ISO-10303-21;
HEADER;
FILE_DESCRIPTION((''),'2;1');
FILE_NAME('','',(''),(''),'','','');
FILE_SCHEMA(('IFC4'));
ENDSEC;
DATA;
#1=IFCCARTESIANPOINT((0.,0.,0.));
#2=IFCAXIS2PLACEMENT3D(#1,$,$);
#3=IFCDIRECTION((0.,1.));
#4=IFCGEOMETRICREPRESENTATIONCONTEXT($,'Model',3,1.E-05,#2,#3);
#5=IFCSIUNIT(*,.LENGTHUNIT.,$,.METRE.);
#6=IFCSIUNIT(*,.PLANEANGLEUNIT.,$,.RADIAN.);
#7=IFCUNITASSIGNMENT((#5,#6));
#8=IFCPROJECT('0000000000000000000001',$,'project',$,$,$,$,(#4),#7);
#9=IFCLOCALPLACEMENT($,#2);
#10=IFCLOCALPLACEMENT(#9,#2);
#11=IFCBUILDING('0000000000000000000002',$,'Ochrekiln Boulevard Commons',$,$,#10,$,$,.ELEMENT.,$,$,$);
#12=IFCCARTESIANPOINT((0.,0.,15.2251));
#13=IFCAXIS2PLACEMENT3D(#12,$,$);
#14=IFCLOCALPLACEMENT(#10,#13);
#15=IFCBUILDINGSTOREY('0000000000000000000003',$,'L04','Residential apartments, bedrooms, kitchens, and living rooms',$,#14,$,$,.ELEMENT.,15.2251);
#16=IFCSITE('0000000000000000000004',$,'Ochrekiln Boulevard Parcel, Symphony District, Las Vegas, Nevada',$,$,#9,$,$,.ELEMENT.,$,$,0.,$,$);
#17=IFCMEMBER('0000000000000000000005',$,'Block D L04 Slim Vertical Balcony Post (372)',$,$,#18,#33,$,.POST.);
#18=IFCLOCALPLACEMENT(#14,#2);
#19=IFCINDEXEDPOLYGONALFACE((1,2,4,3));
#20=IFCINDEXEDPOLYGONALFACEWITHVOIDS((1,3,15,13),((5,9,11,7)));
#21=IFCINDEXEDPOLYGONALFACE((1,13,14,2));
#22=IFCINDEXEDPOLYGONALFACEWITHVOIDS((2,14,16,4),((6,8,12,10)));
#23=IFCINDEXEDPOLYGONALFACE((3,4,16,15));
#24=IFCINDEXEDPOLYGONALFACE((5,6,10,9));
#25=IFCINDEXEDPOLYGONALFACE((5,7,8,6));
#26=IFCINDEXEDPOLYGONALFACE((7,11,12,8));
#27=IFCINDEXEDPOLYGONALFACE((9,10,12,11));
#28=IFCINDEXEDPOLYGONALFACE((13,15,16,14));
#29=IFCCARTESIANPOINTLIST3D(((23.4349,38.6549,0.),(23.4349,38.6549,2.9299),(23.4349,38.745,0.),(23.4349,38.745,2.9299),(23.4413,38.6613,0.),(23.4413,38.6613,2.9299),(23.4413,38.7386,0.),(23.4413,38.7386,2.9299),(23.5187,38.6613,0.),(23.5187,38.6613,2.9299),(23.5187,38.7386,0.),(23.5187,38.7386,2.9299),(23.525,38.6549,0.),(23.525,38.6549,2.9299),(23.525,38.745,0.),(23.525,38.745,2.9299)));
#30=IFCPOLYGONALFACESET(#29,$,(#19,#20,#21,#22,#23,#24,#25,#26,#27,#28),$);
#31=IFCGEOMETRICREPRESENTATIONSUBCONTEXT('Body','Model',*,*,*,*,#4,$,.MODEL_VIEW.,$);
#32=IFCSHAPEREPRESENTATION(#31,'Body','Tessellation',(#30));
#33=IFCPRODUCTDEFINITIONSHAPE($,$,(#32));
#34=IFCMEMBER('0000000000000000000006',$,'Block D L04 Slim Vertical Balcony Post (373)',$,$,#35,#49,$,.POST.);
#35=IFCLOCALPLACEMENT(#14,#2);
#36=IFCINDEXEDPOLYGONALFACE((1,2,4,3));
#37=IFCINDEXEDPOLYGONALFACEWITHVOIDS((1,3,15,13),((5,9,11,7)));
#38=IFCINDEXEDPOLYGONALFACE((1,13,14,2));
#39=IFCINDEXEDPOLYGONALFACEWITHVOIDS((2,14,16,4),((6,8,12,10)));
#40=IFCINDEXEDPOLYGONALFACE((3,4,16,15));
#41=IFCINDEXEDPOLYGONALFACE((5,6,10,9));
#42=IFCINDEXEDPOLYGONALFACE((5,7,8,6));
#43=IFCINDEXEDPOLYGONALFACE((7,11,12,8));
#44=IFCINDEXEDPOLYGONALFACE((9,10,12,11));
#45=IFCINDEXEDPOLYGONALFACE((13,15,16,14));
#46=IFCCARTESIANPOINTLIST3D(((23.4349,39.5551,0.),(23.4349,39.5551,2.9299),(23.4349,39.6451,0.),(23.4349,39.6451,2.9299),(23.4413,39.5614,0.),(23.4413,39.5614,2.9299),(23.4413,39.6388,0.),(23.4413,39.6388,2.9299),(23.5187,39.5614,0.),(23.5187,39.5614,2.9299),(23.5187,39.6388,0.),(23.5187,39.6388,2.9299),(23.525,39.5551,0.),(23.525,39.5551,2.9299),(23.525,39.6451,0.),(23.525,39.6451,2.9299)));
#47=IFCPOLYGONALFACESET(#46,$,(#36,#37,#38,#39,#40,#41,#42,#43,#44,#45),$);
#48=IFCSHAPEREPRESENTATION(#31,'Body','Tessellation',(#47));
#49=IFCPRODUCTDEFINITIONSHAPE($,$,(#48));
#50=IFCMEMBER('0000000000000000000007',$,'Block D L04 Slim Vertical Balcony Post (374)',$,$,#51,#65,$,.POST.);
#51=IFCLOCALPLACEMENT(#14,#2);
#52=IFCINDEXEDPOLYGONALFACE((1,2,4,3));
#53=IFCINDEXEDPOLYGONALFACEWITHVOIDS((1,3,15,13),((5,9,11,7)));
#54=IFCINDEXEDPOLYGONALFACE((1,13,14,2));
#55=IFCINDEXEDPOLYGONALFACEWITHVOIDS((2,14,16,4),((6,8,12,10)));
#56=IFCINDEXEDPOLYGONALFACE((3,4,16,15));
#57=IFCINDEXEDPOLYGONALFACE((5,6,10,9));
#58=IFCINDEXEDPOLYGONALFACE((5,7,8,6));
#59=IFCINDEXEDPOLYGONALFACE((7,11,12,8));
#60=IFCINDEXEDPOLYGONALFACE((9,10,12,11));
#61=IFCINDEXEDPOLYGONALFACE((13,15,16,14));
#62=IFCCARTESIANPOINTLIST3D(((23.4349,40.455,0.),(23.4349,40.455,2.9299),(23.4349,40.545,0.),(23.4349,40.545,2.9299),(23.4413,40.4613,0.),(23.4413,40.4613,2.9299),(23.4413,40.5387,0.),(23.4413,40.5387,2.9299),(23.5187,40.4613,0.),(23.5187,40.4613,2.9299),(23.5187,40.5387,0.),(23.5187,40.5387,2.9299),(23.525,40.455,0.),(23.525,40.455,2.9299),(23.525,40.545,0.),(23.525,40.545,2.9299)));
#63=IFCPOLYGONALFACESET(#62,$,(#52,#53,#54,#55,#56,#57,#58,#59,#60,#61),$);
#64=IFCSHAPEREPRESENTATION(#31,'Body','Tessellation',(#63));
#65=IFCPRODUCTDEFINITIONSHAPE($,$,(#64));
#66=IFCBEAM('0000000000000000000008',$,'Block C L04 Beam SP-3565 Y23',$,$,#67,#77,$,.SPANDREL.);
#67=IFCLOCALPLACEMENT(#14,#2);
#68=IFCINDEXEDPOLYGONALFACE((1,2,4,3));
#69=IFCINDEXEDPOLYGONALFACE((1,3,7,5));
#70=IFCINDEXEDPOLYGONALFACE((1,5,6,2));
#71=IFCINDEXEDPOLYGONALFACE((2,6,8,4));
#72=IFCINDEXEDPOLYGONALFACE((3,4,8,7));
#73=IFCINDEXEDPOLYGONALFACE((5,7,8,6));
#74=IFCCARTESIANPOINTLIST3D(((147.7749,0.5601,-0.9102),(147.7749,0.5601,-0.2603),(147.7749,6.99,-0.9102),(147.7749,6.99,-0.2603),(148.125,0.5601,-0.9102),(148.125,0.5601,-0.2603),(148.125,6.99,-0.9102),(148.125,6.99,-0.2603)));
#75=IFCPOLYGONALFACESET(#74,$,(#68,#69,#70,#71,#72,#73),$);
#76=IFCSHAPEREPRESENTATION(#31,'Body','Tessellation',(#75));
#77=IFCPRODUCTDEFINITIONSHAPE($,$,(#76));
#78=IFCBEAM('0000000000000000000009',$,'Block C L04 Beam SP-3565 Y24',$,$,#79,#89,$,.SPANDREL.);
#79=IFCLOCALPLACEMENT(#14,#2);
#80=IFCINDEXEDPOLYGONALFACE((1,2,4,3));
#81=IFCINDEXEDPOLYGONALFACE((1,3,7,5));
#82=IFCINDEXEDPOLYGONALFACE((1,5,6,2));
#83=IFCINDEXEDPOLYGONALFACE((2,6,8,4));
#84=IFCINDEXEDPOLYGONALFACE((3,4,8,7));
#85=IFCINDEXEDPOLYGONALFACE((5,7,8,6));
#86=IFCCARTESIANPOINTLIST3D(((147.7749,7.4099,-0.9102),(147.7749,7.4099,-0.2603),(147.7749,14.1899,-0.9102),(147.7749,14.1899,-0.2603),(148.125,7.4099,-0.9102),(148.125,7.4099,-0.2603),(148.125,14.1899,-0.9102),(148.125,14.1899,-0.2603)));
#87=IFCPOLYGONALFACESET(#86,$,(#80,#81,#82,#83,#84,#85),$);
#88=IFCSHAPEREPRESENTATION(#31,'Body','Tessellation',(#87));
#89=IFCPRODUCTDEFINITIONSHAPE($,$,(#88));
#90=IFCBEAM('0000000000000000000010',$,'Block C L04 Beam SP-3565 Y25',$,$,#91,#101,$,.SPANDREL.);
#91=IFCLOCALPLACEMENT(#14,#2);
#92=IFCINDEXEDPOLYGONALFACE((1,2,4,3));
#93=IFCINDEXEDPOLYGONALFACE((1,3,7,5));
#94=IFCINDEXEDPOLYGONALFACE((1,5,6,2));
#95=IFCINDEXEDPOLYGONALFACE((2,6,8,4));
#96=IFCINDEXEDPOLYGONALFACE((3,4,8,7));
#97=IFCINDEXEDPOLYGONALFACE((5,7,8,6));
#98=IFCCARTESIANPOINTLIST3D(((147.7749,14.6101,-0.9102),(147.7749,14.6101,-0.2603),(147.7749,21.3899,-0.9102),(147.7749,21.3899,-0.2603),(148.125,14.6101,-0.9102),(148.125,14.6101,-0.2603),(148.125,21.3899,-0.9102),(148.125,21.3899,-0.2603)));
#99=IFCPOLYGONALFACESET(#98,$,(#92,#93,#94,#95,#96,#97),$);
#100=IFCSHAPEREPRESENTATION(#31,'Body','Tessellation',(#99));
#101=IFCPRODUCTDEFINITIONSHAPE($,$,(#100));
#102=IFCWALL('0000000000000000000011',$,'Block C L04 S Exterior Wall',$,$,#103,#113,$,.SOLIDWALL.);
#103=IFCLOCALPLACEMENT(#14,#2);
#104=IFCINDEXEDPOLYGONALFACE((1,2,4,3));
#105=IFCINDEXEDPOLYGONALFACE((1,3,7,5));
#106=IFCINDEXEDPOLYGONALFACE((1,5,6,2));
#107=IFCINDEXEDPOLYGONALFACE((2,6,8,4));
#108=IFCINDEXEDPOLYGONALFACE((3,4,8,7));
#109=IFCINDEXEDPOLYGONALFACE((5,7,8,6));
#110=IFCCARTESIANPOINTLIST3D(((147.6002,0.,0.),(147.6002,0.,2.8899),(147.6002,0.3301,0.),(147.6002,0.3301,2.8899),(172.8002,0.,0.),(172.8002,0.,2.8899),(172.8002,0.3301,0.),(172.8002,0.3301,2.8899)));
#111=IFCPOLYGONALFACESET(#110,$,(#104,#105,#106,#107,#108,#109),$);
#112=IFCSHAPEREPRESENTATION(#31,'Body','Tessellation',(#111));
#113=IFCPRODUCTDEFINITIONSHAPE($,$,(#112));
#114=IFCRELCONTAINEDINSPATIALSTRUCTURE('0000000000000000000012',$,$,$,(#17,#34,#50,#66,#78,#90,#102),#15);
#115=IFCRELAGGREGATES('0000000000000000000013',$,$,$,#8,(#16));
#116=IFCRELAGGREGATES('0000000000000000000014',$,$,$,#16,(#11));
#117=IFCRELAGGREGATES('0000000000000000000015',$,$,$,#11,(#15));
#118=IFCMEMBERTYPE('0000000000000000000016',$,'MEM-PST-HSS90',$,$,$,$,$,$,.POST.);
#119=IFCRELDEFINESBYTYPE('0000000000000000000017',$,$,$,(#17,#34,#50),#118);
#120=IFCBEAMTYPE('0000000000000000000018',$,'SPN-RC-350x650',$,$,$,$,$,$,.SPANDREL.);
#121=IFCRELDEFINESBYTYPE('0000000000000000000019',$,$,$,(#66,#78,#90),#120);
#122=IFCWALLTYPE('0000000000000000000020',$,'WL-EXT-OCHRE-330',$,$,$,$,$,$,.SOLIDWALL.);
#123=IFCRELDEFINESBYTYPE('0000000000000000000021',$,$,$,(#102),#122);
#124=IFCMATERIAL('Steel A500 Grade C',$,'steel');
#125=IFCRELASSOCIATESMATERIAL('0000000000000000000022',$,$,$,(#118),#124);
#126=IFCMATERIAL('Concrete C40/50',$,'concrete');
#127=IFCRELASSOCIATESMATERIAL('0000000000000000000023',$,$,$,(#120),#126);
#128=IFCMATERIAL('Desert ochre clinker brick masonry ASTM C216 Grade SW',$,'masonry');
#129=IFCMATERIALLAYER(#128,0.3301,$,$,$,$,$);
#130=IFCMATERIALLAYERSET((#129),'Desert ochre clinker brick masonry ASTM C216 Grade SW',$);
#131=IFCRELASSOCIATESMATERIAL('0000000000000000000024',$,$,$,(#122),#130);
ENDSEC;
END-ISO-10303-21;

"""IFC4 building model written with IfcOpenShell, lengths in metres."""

from ifc_helpers import new_model, si_unit, direction, frame, frame_2d, origin, origin_2d, place, context, subcontext, project, spatial, rectangle, hollow_rectangle, extrude, material, layer, layer_set, material_profile, profile_set, type_object, element, save


model = new_model("IFC4")

# Units and contexts
model_context = context("Model", 3, precision=1e-05, world=origin(), true_north=direction((0.0, 1.0)))
body_context = subcontext(model_context, "Body", "Model", "MODEL_VIEW")
ifc_project = project(units=[si_unit("LENGTHUNIT", "METRE"), si_unit("PLANEANGLEUNIT", "RADIAN")], contexts=[model_context])

# Site, building, storey
site_placement = place(None, origin())
site = spatial("IfcSite", under=ifc_project, at=site_placement, Name="Ochrekiln Boulevard Parcel, Symphony District, Las Vegas, Nevada", CompositionType="ELEMENT", RefElevation=0.0)
building_placement = place(site_placement, origin())
building = spatial("IfcBuilding", under=site, at=building_placement, Name="Ochrekiln Boulevard Commons", CompositionType="ELEMENT")
storey_placement = place(building_placement, frame((0.0, 0.0, 15.2251)))
storey = spatial("IfcBuildingStorey", under=building, at=storey_placement, Name="L04", Description="Residential apartments, bedrooms, kitchens, and living rooms", CompositionType="ELEMENT", Elevation=15.2251)

# Members
ifc_material_1 = material(Name="Steel A500 Grade C", Category="steel")
ifc_material_profile_1 = material_profile(ifc_material_1, hollow_rectangle(XDim=0.0901, YDim=0.0901, WallThickness=0.0063, at=origin_2d()), Name="HSS90X90X6.4")
ifc_profile_set_1 = profile_set([ifc_material_profile_1], Name="Steel A500 Grade C")
member_type = type_object("IfcMemberType", Name="MEM-PST-HSS90", PredefinedType="POST", material=ifc_profile_set_1)
for number, where, z_axis, x_axis, name in (
    (1, (23.48, 38.7, 0.0), (0.0, 0.0, 1.0), (1.0, 0.0, 0.0), "Block D L04 Slim Vertical Balcony Post (372)"),
    (2, (23.48, 39.6001, 0.0), (0.0, 0.0, 1.0), (1.0, 0.0, 0.0), "Block D L04 Slim Vertical Balcony Post (373)"),
    (3, (23.48, 40.5, 0.0), (0.0, 0.0, 1.0), (1.0, 0.0, 0.0), "Block D L04 Slim Vertical Balcony Post (374)"),
):
    element("IfcMember", number, at=place(storey_placement, frame(where, z_axis=z_axis, x_axis=x_axis)), inside=storey, type_object=member_type, Name=name, PredefinedType="POST", context=body_context, shape_type="SweptSolid", body=[
        extrude(hollow_rectangle(XDim=0.0901, YDim=0.0901, WallThickness=0.0063, at=origin_2d()), origin(), (0.0, 0.0, 1.0), 2.9299),
    ])

# Beams
ifc_material_2 = material(Name="Concrete C40/50", Category="concrete")
ifc_material_profile_2 = material_profile(ifc_material_2, rectangle(XDim=0.3501, YDim=0.6499, at=origin_2d()), Name="RC-SPN-350x650")
ifc_profile_set_2 = profile_set([ifc_material_profile_2], Name="Concrete C40/50")
beam_type = type_object("IfcBeamType", Name="SPN-RC-350x650", PredefinedType="SPANDREL", material=ifc_profile_set_2)
beam_1_placement = place(storey_placement, frame((147.95, 0.5601, -0.5852), z_axis=(0.0, 1.0, 0.0), x_axis=(-1.0, 0.0, 0.0)))
element("IfcBeam", 4, at=beam_1_placement, inside=storey, type_object=beam_type, Name="Block C L04 Beam SP-3565 Y23", PredefinedType="SPANDREL", context=body_context, shape_type="SweptSolid", body=[
    extrude(rectangle(XDim=0.3501, YDim=0.6499, at=origin_2d()), origin(), (0.0, 0.0, 1.0), 6.4299),
])
beam_2_placement = place(storey_placement, frame((147.95, 7.4099, -0.5852), z_axis=(0.0, 1.0, 0.0), x_axis=(-1.0, 0.0, 0.0)))
element("IfcBeam", 5, at=beam_2_placement, inside=storey, type_object=beam_type, Name="Block C L04 Beam SP-3565 Y24", PredefinedType="SPANDREL", context=body_context, shape_type="SweptSolid", body=[
    extrude(rectangle(XDim=0.3501, YDim=0.6499, at=origin_2d()), origin(), (0.0, 0.0, 1.0), 6.78),
])
beam_3_placement = place(storey_placement, frame((147.95, 14.6101, -0.5852), z_axis=(0.0, 1.0, 0.0), x_axis=(-1.0, 0.0, 0.0)))
element("IfcBeam", 6, at=beam_3_placement, inside=storey, type_object=beam_type, Name="Block C L04 Beam SP-3565 Y25", PredefinedType="SPANDREL", context=body_context, shape_type="SweptSolid", body=[
    extrude(rectangle(XDim=0.3501, YDim=0.6499, at=origin_2d()), origin(), (0.0, 0.0, 1.0), 6.7798),
])

# Wall
ifc_material_3 = material(Name="Desert ochre clinker brick masonry ASTM C216 Grade SW", Category="masonry")
ifc_layer_1 = layer(ifc_material_3, 0.3301)
ifc_layer_set_1 = layer_set([ifc_layer_1], Name="Desert ochre clinker brick masonry ASTM C216 Grade SW")
wall_type_1 = type_object("IfcWallType", Name="WL-EXT-OCHRE-330", PredefinedType="SOLIDWALL", material=ifc_layer_set_1)
wall_1_placement = place(storey_placement, frame((147.6001, 0.165, 0.0), z_axis=(0.0, 0.0, 1.0), x_axis=(1.0, 0.0, 0.0)))
element("IfcWall", 7, at=wall_1_placement, inside=storey, type_object=wall_type_1, Name="Block C L04 S Exterior Wall", PredefinedType="SOLIDWALL", context=body_context, shape_type="SweptSolid", body=[
    extrude(rectangle(XDim=25.2, YDim=0.3301, at=frame_2d((12.6001, 0.0))), origin(), (0.0, 0.0, 1.0), 2.8899),
])

save(model, "model.ifc")
